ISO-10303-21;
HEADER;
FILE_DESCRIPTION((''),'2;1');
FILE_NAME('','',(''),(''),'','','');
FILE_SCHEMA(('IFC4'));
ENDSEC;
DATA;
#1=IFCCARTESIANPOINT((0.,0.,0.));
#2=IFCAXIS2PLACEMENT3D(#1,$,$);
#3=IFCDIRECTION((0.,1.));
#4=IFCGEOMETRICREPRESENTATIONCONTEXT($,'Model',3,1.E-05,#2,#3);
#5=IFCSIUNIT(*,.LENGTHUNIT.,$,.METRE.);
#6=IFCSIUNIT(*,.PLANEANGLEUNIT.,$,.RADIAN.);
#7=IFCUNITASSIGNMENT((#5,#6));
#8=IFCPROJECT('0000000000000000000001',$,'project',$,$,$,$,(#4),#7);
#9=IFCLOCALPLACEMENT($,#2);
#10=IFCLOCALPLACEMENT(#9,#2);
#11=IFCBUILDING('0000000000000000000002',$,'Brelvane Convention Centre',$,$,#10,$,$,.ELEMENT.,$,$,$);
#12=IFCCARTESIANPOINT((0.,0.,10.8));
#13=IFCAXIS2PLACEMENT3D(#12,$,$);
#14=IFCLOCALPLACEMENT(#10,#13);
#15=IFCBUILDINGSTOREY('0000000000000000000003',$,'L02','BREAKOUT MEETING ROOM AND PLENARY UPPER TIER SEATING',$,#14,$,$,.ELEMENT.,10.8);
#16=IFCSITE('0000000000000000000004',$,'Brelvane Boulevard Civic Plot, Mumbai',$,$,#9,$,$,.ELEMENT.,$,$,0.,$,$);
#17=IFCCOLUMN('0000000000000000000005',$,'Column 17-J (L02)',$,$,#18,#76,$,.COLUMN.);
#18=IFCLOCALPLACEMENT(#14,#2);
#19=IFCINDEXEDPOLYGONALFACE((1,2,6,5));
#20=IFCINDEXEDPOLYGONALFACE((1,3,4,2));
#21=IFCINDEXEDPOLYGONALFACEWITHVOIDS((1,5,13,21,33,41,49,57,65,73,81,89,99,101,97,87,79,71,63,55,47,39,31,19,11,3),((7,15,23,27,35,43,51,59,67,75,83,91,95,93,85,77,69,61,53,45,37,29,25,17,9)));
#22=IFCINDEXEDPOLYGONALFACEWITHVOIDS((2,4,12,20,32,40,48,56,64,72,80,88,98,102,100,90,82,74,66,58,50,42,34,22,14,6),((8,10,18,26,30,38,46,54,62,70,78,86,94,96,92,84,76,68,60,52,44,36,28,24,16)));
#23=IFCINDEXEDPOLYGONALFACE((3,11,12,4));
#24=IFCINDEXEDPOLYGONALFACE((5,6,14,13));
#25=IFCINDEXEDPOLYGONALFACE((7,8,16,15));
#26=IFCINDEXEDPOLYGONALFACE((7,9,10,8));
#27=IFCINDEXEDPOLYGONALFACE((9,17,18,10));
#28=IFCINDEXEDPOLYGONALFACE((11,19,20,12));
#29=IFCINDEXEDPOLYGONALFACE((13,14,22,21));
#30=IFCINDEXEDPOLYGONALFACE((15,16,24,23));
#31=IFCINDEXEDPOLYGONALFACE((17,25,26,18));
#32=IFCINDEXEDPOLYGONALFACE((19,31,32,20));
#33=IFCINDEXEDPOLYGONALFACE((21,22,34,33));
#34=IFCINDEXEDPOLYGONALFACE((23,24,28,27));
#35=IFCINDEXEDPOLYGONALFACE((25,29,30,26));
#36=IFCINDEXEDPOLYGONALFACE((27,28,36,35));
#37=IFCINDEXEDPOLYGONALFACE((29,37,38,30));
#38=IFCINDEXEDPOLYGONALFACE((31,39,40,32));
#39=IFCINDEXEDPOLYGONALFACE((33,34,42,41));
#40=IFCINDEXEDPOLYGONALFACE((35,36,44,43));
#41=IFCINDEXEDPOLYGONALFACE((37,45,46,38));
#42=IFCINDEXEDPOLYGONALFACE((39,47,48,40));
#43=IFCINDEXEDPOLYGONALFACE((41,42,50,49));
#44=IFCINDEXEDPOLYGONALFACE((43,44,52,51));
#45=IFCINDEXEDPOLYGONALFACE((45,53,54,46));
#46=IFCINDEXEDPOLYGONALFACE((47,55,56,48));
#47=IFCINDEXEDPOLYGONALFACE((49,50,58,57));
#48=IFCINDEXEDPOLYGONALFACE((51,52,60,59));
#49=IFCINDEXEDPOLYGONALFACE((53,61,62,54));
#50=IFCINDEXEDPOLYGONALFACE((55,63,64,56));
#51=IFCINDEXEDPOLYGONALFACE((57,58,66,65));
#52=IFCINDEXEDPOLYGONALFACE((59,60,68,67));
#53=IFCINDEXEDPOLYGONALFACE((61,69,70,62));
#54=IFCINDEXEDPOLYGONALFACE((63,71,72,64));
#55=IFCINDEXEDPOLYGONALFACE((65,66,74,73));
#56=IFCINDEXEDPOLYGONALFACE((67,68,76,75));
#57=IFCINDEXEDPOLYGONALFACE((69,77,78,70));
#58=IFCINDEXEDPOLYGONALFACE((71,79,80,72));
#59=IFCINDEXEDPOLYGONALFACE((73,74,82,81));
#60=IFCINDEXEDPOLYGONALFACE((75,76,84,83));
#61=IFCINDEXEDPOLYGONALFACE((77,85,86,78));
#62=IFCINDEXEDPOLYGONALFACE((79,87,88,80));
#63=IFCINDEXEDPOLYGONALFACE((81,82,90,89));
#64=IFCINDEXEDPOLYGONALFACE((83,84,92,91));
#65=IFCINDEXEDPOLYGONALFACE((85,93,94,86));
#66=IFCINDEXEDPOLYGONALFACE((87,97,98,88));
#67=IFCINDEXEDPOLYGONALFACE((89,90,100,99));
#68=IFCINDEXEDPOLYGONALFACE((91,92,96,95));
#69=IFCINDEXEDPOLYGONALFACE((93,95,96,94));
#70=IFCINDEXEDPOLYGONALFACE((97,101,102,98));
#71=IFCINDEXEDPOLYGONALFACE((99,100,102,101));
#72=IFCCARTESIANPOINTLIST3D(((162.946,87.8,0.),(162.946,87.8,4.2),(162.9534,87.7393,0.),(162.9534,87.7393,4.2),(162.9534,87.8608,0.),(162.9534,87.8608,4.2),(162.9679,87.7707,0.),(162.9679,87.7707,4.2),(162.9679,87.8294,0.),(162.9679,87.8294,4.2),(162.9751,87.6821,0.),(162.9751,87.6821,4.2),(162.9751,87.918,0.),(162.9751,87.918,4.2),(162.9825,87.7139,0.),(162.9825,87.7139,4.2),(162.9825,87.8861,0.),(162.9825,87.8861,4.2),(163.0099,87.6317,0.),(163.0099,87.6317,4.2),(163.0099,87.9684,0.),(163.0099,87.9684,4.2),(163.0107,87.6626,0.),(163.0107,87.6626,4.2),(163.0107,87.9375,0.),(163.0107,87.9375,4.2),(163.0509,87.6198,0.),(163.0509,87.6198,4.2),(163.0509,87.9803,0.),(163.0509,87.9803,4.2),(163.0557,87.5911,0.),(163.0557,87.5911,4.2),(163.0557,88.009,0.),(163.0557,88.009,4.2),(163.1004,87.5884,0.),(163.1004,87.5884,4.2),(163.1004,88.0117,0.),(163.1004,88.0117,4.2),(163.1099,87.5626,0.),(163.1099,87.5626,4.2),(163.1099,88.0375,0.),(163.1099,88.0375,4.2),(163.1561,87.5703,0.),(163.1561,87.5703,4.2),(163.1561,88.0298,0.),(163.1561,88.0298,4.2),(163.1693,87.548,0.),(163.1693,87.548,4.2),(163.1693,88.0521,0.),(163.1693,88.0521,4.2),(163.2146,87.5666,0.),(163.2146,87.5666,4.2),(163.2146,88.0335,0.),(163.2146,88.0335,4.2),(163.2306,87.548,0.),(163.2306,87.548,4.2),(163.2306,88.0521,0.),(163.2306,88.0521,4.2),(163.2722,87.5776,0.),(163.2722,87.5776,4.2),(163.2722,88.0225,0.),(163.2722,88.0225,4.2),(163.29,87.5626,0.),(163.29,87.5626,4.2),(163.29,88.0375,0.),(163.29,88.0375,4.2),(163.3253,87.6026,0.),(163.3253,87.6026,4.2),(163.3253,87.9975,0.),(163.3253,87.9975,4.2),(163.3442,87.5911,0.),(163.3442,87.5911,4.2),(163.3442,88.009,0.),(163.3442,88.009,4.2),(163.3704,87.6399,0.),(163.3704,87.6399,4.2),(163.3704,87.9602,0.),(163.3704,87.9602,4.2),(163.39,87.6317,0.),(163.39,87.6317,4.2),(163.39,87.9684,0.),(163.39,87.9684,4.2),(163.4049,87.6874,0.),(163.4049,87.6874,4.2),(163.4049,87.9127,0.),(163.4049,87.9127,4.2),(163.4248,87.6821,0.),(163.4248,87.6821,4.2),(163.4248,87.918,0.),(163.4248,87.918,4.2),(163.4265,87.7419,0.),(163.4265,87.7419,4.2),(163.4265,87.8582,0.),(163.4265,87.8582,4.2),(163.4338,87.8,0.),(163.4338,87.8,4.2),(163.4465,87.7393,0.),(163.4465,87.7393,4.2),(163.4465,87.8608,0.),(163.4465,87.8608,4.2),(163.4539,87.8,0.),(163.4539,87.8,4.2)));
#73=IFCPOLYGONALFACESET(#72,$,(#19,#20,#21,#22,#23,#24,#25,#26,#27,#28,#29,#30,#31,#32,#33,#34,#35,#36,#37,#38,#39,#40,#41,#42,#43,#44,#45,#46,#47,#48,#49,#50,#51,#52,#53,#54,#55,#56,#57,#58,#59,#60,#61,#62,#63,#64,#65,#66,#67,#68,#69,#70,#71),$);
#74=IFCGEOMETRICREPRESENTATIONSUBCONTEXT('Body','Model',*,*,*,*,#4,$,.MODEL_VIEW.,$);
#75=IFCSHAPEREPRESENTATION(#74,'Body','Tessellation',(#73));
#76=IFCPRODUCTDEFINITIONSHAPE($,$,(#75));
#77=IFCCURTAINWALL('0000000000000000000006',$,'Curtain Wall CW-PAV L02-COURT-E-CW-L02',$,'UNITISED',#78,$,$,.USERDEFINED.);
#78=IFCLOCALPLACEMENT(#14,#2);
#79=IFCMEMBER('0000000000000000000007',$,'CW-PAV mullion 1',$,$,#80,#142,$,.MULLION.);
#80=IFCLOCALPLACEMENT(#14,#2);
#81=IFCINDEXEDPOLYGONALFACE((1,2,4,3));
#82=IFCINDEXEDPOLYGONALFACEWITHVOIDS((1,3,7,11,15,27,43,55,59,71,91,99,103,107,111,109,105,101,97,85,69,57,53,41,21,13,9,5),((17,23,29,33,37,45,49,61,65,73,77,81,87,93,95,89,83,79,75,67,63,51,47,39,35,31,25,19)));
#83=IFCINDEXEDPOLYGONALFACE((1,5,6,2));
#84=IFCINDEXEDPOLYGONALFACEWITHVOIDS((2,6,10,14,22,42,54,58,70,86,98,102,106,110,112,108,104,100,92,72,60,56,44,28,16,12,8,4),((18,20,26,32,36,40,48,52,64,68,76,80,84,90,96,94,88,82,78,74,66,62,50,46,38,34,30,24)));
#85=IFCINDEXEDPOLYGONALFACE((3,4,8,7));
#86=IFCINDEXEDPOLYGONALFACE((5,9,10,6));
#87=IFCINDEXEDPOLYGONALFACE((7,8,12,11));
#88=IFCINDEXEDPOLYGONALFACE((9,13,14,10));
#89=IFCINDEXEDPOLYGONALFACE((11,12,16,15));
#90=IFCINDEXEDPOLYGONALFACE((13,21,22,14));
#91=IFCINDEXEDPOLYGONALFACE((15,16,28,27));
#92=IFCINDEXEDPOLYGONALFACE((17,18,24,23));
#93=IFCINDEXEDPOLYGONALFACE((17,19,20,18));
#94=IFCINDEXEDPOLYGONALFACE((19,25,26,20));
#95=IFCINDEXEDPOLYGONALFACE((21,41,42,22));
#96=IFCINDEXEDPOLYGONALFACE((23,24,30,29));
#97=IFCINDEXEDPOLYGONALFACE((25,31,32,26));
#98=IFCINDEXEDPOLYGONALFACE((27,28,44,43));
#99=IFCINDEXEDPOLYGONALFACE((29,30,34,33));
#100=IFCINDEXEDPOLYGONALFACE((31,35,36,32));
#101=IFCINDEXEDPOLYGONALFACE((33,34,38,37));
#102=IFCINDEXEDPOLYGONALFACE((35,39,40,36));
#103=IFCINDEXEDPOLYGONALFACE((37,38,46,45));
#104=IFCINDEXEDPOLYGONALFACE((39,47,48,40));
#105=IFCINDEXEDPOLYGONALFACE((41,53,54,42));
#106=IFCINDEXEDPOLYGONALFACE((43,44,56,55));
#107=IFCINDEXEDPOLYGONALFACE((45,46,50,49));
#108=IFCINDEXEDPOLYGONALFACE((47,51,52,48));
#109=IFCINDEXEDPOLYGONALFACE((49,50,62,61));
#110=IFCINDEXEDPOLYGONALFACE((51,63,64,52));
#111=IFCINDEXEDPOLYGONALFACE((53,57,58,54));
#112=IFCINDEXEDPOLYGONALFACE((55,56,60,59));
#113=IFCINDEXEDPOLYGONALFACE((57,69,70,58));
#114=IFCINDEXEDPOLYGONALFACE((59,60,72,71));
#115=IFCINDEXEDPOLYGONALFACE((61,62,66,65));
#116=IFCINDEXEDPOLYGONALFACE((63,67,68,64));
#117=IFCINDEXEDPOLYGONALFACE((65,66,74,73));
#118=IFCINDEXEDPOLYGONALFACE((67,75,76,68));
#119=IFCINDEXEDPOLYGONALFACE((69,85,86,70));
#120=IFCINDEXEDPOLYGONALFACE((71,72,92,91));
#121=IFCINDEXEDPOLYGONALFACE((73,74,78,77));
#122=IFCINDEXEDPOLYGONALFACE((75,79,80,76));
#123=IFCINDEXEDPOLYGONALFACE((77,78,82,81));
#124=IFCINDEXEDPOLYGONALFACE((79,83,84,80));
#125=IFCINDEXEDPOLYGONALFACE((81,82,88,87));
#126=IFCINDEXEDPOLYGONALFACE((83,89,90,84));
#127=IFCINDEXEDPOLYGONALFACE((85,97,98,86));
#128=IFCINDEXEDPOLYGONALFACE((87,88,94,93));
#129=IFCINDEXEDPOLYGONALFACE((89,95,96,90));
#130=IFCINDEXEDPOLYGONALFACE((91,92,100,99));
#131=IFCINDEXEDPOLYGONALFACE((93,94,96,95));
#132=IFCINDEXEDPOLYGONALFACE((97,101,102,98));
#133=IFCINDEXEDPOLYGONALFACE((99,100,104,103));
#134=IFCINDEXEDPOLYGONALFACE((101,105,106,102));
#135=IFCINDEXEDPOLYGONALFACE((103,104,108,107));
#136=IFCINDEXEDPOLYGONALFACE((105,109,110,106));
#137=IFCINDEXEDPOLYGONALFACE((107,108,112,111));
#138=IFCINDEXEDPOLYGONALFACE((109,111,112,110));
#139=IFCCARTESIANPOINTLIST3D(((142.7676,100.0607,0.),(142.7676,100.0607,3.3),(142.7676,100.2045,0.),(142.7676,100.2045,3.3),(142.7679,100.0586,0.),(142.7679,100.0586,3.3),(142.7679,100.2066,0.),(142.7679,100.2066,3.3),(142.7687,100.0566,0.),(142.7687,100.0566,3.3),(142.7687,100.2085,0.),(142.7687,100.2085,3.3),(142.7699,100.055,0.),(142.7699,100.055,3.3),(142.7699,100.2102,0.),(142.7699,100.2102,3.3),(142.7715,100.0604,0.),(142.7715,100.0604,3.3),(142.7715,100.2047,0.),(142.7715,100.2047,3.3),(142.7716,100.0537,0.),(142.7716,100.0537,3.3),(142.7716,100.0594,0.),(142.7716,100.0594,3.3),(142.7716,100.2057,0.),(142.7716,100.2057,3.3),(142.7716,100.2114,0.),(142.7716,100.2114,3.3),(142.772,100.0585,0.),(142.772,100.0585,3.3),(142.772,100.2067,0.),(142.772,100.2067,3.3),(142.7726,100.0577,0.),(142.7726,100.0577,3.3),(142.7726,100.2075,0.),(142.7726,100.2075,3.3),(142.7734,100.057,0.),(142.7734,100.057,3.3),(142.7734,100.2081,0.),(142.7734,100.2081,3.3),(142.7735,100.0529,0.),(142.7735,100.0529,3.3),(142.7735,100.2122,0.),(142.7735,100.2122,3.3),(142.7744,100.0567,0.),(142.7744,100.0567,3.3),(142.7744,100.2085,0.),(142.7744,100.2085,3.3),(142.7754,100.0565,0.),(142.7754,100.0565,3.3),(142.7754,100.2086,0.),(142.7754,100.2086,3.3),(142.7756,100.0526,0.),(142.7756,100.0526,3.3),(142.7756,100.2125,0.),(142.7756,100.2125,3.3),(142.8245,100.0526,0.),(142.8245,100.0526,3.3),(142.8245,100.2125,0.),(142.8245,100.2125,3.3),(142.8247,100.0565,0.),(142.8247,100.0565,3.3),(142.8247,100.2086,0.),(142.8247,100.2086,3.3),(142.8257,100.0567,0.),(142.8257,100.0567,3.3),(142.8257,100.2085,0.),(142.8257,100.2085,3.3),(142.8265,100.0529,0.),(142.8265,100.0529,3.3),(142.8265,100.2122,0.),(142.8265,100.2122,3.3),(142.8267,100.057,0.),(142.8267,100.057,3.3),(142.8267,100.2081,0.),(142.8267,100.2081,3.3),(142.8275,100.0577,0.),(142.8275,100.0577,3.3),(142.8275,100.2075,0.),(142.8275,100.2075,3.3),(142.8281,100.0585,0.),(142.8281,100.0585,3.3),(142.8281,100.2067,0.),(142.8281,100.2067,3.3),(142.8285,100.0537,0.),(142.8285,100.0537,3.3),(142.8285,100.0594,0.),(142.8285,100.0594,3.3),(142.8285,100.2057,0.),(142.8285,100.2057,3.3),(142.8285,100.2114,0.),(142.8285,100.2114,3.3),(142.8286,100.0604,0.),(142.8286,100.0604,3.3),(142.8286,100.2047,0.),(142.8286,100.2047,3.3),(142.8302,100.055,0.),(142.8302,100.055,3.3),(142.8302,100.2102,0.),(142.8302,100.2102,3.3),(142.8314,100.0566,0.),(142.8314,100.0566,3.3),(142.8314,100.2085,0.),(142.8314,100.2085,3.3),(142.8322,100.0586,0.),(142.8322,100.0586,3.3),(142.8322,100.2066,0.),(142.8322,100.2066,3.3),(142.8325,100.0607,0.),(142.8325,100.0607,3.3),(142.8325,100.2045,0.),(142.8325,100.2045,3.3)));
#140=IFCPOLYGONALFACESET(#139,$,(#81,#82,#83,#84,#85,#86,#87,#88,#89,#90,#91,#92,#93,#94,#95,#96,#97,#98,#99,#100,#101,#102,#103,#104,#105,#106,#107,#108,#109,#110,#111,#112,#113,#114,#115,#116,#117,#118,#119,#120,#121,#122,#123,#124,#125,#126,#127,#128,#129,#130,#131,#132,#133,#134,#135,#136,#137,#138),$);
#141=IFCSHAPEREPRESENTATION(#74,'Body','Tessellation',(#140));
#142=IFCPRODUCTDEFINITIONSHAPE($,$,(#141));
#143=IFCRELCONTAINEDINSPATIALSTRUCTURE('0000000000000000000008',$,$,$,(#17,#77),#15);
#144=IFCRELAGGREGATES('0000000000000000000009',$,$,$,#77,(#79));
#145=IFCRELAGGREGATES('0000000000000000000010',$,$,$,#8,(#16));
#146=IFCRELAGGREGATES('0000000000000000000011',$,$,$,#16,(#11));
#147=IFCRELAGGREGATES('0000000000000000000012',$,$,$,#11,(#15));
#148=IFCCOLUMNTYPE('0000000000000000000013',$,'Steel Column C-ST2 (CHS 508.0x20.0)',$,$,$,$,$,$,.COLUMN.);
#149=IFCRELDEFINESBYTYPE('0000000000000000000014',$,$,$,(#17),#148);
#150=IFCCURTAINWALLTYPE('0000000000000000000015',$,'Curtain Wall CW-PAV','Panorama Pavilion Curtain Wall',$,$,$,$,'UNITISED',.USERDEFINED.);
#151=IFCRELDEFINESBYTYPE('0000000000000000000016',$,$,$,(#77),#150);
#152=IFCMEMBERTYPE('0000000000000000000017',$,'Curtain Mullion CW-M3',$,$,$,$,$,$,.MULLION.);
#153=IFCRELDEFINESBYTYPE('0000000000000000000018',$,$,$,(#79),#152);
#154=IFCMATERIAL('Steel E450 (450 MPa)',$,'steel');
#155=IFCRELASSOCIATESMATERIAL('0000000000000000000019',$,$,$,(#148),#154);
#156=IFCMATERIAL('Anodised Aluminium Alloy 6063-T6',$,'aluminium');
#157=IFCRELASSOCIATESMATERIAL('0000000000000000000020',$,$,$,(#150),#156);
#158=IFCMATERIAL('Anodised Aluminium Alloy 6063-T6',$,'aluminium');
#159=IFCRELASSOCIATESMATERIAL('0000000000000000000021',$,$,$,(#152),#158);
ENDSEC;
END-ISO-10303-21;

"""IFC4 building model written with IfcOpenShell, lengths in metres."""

from ifc_helpers import new_model, si_unit, direction, frame, origin, origin_2d, place, context, subcontext, project, spatial, hollow_rectangle, hollow_circle, extrude, material, material_profile, profile_set, type_object, element, aggregate, save


model = new_model("IFC4")

# Units and contexts
model_context = context("Model", 3, precision=1e-05, world=origin(), true_north=direction((0.0, 1.0)))
body_context = subcontext(model_context, "Body", "Model", "MODEL_VIEW")
ifc_project = project(units=[si_unit("LENGTHUNIT", "METRE"), si_unit("PLANEANGLEUNIT", "RADIAN")], contexts=[model_context])

# Site, building, storey
site_placement = place(None, origin())
site = spatial("IfcSite", under=ifc_project, at=site_placement, Name="Brelvane Boulevard Civic Plot, Mumbai", CompositionType="ELEMENT", RefElevation=0.0)
building_placement = place(site_placement, origin())
building = spatial("IfcBuilding", under=site, at=building_placement, Name="Brelvane Convention Centre", CompositionType="ELEMENT")
storey_placement = place(building_placement, frame((0.0, 0.0, 10.8)))
storey = spatial("IfcBuildingStorey", under=building, at=storey_placement, Name="L02", Description="BREAKOUT MEETING ROOM AND PLENARY UPPER TIER SEATING", CompositionType="ELEMENT", Elevation=10.8)

# Column
ifc_material_1 = material(Name="Steel E450 (450 MPa)", Category="steel")
ifc_material_profile_1 = material_profile(ifc_material_1, hollow_circle(Radius=0.2539, WallThickness=0.02, at=origin_2d()), Name="CHS 508.0x20.0")
ifc_profile_set_1 = profile_set([ifc_material_profile_1], Name="Steel E450 (450 MPa)")
column_type_1 = type_object("IfcColumnType", Name="Steel Column C-ST2 (CHS 508.0x20.0)", PredefinedType="COLUMN", material=ifc_profile_set_1)
column_1_placement = place(storey_placement, frame((163.2, 87.8, 0.0), z_axis=(0.0, 0.0, 1.0), x_axis=(1.0, 0.0, 0.0)))
element("IfcColumn", 1, at=column_1_placement, inside=storey, type_object=column_type_1, Name="Column 17-J (L02)", PredefinedType="COLUMN", context=body_context, shape_type="SweptSolid", body=[
    extrude(hollow_circle(Radius=0.2539, WallThickness=0.02, at=origin_2d()), origin(), (0.0, 0.0, 1.0), 4.2),
])

# Curtain wall, member
ifc_material_2 = material(Name="Anodised Aluminium Alloy 6063-T6", Category="aluminium")
curtain_wall_type_1 = type_object("IfcCurtainWallType", Name="Curtain Wall CW-PAV", Description="Panorama Pavilion Curtain Wall", ElementType="UNITISED", PredefinedType="USERDEFINED", material=ifc_material_2)
curtain_wall_1_placement = place(storey_placement, origin())
curtain_wall_1 = element("IfcCurtainWall", 2, at=curtain_wall_1_placement, inside=storey, type_object=curtain_wall_type_1, Name="Curtain Wall CW-PAV L02-COURT-E-CW-L02", ObjectType="UNITISED", PredefinedType="USERDEFINED")
ifc_material_3 = material(Name="Anodised Aluminium Alloy 6063-T6", Category="aluminium")
ifc_material_profile_2 = material_profile(ifc_material_3, hollow_rectangle(XDim=0.0649, YDim=0.1599, WallThickness=0.0039, InnerFilletRadius=0.0039, OuterFilletRadius=0.0081, at=origin_2d()), Name="ALU-M 160x65x4.0")
ifc_profile_set_2 = profile_set([ifc_material_profile_2], Name="Anodised Aluminium Alloy 6063-T6")
member_type_1 = type_object("IfcMemberType", Name="Curtain Mullion CW-M3", PredefinedType="MULLION", material=ifc_profile_set_2)
member_1_placement = place(storey_placement, frame((142.8, 100.1326, 0.0), z_axis=(0.0, 0.0, 1.0), x_axis=(-1.0, 0.0, 0.0)))
member_1 = element("IfcMember", 3, at=member_1_placement, type_object=member_type_1, Name="CW-PAV mullion 1", PredefinedType="MULLION", context=body_context, shape_type="SweptSolid", body=[
    extrude(hollow_rectangle(XDim=0.0649, YDim=0.1599, WallThickness=0.0039, InnerFilletRadius=0.0039, OuterFilletRadius=0.0081, at=origin_2d()), origin(), (0.0, 0.0, 1.0), 3.3),
])

aggregate(curtain_wall_1, [member_1])

save(model, "model.ifc")
